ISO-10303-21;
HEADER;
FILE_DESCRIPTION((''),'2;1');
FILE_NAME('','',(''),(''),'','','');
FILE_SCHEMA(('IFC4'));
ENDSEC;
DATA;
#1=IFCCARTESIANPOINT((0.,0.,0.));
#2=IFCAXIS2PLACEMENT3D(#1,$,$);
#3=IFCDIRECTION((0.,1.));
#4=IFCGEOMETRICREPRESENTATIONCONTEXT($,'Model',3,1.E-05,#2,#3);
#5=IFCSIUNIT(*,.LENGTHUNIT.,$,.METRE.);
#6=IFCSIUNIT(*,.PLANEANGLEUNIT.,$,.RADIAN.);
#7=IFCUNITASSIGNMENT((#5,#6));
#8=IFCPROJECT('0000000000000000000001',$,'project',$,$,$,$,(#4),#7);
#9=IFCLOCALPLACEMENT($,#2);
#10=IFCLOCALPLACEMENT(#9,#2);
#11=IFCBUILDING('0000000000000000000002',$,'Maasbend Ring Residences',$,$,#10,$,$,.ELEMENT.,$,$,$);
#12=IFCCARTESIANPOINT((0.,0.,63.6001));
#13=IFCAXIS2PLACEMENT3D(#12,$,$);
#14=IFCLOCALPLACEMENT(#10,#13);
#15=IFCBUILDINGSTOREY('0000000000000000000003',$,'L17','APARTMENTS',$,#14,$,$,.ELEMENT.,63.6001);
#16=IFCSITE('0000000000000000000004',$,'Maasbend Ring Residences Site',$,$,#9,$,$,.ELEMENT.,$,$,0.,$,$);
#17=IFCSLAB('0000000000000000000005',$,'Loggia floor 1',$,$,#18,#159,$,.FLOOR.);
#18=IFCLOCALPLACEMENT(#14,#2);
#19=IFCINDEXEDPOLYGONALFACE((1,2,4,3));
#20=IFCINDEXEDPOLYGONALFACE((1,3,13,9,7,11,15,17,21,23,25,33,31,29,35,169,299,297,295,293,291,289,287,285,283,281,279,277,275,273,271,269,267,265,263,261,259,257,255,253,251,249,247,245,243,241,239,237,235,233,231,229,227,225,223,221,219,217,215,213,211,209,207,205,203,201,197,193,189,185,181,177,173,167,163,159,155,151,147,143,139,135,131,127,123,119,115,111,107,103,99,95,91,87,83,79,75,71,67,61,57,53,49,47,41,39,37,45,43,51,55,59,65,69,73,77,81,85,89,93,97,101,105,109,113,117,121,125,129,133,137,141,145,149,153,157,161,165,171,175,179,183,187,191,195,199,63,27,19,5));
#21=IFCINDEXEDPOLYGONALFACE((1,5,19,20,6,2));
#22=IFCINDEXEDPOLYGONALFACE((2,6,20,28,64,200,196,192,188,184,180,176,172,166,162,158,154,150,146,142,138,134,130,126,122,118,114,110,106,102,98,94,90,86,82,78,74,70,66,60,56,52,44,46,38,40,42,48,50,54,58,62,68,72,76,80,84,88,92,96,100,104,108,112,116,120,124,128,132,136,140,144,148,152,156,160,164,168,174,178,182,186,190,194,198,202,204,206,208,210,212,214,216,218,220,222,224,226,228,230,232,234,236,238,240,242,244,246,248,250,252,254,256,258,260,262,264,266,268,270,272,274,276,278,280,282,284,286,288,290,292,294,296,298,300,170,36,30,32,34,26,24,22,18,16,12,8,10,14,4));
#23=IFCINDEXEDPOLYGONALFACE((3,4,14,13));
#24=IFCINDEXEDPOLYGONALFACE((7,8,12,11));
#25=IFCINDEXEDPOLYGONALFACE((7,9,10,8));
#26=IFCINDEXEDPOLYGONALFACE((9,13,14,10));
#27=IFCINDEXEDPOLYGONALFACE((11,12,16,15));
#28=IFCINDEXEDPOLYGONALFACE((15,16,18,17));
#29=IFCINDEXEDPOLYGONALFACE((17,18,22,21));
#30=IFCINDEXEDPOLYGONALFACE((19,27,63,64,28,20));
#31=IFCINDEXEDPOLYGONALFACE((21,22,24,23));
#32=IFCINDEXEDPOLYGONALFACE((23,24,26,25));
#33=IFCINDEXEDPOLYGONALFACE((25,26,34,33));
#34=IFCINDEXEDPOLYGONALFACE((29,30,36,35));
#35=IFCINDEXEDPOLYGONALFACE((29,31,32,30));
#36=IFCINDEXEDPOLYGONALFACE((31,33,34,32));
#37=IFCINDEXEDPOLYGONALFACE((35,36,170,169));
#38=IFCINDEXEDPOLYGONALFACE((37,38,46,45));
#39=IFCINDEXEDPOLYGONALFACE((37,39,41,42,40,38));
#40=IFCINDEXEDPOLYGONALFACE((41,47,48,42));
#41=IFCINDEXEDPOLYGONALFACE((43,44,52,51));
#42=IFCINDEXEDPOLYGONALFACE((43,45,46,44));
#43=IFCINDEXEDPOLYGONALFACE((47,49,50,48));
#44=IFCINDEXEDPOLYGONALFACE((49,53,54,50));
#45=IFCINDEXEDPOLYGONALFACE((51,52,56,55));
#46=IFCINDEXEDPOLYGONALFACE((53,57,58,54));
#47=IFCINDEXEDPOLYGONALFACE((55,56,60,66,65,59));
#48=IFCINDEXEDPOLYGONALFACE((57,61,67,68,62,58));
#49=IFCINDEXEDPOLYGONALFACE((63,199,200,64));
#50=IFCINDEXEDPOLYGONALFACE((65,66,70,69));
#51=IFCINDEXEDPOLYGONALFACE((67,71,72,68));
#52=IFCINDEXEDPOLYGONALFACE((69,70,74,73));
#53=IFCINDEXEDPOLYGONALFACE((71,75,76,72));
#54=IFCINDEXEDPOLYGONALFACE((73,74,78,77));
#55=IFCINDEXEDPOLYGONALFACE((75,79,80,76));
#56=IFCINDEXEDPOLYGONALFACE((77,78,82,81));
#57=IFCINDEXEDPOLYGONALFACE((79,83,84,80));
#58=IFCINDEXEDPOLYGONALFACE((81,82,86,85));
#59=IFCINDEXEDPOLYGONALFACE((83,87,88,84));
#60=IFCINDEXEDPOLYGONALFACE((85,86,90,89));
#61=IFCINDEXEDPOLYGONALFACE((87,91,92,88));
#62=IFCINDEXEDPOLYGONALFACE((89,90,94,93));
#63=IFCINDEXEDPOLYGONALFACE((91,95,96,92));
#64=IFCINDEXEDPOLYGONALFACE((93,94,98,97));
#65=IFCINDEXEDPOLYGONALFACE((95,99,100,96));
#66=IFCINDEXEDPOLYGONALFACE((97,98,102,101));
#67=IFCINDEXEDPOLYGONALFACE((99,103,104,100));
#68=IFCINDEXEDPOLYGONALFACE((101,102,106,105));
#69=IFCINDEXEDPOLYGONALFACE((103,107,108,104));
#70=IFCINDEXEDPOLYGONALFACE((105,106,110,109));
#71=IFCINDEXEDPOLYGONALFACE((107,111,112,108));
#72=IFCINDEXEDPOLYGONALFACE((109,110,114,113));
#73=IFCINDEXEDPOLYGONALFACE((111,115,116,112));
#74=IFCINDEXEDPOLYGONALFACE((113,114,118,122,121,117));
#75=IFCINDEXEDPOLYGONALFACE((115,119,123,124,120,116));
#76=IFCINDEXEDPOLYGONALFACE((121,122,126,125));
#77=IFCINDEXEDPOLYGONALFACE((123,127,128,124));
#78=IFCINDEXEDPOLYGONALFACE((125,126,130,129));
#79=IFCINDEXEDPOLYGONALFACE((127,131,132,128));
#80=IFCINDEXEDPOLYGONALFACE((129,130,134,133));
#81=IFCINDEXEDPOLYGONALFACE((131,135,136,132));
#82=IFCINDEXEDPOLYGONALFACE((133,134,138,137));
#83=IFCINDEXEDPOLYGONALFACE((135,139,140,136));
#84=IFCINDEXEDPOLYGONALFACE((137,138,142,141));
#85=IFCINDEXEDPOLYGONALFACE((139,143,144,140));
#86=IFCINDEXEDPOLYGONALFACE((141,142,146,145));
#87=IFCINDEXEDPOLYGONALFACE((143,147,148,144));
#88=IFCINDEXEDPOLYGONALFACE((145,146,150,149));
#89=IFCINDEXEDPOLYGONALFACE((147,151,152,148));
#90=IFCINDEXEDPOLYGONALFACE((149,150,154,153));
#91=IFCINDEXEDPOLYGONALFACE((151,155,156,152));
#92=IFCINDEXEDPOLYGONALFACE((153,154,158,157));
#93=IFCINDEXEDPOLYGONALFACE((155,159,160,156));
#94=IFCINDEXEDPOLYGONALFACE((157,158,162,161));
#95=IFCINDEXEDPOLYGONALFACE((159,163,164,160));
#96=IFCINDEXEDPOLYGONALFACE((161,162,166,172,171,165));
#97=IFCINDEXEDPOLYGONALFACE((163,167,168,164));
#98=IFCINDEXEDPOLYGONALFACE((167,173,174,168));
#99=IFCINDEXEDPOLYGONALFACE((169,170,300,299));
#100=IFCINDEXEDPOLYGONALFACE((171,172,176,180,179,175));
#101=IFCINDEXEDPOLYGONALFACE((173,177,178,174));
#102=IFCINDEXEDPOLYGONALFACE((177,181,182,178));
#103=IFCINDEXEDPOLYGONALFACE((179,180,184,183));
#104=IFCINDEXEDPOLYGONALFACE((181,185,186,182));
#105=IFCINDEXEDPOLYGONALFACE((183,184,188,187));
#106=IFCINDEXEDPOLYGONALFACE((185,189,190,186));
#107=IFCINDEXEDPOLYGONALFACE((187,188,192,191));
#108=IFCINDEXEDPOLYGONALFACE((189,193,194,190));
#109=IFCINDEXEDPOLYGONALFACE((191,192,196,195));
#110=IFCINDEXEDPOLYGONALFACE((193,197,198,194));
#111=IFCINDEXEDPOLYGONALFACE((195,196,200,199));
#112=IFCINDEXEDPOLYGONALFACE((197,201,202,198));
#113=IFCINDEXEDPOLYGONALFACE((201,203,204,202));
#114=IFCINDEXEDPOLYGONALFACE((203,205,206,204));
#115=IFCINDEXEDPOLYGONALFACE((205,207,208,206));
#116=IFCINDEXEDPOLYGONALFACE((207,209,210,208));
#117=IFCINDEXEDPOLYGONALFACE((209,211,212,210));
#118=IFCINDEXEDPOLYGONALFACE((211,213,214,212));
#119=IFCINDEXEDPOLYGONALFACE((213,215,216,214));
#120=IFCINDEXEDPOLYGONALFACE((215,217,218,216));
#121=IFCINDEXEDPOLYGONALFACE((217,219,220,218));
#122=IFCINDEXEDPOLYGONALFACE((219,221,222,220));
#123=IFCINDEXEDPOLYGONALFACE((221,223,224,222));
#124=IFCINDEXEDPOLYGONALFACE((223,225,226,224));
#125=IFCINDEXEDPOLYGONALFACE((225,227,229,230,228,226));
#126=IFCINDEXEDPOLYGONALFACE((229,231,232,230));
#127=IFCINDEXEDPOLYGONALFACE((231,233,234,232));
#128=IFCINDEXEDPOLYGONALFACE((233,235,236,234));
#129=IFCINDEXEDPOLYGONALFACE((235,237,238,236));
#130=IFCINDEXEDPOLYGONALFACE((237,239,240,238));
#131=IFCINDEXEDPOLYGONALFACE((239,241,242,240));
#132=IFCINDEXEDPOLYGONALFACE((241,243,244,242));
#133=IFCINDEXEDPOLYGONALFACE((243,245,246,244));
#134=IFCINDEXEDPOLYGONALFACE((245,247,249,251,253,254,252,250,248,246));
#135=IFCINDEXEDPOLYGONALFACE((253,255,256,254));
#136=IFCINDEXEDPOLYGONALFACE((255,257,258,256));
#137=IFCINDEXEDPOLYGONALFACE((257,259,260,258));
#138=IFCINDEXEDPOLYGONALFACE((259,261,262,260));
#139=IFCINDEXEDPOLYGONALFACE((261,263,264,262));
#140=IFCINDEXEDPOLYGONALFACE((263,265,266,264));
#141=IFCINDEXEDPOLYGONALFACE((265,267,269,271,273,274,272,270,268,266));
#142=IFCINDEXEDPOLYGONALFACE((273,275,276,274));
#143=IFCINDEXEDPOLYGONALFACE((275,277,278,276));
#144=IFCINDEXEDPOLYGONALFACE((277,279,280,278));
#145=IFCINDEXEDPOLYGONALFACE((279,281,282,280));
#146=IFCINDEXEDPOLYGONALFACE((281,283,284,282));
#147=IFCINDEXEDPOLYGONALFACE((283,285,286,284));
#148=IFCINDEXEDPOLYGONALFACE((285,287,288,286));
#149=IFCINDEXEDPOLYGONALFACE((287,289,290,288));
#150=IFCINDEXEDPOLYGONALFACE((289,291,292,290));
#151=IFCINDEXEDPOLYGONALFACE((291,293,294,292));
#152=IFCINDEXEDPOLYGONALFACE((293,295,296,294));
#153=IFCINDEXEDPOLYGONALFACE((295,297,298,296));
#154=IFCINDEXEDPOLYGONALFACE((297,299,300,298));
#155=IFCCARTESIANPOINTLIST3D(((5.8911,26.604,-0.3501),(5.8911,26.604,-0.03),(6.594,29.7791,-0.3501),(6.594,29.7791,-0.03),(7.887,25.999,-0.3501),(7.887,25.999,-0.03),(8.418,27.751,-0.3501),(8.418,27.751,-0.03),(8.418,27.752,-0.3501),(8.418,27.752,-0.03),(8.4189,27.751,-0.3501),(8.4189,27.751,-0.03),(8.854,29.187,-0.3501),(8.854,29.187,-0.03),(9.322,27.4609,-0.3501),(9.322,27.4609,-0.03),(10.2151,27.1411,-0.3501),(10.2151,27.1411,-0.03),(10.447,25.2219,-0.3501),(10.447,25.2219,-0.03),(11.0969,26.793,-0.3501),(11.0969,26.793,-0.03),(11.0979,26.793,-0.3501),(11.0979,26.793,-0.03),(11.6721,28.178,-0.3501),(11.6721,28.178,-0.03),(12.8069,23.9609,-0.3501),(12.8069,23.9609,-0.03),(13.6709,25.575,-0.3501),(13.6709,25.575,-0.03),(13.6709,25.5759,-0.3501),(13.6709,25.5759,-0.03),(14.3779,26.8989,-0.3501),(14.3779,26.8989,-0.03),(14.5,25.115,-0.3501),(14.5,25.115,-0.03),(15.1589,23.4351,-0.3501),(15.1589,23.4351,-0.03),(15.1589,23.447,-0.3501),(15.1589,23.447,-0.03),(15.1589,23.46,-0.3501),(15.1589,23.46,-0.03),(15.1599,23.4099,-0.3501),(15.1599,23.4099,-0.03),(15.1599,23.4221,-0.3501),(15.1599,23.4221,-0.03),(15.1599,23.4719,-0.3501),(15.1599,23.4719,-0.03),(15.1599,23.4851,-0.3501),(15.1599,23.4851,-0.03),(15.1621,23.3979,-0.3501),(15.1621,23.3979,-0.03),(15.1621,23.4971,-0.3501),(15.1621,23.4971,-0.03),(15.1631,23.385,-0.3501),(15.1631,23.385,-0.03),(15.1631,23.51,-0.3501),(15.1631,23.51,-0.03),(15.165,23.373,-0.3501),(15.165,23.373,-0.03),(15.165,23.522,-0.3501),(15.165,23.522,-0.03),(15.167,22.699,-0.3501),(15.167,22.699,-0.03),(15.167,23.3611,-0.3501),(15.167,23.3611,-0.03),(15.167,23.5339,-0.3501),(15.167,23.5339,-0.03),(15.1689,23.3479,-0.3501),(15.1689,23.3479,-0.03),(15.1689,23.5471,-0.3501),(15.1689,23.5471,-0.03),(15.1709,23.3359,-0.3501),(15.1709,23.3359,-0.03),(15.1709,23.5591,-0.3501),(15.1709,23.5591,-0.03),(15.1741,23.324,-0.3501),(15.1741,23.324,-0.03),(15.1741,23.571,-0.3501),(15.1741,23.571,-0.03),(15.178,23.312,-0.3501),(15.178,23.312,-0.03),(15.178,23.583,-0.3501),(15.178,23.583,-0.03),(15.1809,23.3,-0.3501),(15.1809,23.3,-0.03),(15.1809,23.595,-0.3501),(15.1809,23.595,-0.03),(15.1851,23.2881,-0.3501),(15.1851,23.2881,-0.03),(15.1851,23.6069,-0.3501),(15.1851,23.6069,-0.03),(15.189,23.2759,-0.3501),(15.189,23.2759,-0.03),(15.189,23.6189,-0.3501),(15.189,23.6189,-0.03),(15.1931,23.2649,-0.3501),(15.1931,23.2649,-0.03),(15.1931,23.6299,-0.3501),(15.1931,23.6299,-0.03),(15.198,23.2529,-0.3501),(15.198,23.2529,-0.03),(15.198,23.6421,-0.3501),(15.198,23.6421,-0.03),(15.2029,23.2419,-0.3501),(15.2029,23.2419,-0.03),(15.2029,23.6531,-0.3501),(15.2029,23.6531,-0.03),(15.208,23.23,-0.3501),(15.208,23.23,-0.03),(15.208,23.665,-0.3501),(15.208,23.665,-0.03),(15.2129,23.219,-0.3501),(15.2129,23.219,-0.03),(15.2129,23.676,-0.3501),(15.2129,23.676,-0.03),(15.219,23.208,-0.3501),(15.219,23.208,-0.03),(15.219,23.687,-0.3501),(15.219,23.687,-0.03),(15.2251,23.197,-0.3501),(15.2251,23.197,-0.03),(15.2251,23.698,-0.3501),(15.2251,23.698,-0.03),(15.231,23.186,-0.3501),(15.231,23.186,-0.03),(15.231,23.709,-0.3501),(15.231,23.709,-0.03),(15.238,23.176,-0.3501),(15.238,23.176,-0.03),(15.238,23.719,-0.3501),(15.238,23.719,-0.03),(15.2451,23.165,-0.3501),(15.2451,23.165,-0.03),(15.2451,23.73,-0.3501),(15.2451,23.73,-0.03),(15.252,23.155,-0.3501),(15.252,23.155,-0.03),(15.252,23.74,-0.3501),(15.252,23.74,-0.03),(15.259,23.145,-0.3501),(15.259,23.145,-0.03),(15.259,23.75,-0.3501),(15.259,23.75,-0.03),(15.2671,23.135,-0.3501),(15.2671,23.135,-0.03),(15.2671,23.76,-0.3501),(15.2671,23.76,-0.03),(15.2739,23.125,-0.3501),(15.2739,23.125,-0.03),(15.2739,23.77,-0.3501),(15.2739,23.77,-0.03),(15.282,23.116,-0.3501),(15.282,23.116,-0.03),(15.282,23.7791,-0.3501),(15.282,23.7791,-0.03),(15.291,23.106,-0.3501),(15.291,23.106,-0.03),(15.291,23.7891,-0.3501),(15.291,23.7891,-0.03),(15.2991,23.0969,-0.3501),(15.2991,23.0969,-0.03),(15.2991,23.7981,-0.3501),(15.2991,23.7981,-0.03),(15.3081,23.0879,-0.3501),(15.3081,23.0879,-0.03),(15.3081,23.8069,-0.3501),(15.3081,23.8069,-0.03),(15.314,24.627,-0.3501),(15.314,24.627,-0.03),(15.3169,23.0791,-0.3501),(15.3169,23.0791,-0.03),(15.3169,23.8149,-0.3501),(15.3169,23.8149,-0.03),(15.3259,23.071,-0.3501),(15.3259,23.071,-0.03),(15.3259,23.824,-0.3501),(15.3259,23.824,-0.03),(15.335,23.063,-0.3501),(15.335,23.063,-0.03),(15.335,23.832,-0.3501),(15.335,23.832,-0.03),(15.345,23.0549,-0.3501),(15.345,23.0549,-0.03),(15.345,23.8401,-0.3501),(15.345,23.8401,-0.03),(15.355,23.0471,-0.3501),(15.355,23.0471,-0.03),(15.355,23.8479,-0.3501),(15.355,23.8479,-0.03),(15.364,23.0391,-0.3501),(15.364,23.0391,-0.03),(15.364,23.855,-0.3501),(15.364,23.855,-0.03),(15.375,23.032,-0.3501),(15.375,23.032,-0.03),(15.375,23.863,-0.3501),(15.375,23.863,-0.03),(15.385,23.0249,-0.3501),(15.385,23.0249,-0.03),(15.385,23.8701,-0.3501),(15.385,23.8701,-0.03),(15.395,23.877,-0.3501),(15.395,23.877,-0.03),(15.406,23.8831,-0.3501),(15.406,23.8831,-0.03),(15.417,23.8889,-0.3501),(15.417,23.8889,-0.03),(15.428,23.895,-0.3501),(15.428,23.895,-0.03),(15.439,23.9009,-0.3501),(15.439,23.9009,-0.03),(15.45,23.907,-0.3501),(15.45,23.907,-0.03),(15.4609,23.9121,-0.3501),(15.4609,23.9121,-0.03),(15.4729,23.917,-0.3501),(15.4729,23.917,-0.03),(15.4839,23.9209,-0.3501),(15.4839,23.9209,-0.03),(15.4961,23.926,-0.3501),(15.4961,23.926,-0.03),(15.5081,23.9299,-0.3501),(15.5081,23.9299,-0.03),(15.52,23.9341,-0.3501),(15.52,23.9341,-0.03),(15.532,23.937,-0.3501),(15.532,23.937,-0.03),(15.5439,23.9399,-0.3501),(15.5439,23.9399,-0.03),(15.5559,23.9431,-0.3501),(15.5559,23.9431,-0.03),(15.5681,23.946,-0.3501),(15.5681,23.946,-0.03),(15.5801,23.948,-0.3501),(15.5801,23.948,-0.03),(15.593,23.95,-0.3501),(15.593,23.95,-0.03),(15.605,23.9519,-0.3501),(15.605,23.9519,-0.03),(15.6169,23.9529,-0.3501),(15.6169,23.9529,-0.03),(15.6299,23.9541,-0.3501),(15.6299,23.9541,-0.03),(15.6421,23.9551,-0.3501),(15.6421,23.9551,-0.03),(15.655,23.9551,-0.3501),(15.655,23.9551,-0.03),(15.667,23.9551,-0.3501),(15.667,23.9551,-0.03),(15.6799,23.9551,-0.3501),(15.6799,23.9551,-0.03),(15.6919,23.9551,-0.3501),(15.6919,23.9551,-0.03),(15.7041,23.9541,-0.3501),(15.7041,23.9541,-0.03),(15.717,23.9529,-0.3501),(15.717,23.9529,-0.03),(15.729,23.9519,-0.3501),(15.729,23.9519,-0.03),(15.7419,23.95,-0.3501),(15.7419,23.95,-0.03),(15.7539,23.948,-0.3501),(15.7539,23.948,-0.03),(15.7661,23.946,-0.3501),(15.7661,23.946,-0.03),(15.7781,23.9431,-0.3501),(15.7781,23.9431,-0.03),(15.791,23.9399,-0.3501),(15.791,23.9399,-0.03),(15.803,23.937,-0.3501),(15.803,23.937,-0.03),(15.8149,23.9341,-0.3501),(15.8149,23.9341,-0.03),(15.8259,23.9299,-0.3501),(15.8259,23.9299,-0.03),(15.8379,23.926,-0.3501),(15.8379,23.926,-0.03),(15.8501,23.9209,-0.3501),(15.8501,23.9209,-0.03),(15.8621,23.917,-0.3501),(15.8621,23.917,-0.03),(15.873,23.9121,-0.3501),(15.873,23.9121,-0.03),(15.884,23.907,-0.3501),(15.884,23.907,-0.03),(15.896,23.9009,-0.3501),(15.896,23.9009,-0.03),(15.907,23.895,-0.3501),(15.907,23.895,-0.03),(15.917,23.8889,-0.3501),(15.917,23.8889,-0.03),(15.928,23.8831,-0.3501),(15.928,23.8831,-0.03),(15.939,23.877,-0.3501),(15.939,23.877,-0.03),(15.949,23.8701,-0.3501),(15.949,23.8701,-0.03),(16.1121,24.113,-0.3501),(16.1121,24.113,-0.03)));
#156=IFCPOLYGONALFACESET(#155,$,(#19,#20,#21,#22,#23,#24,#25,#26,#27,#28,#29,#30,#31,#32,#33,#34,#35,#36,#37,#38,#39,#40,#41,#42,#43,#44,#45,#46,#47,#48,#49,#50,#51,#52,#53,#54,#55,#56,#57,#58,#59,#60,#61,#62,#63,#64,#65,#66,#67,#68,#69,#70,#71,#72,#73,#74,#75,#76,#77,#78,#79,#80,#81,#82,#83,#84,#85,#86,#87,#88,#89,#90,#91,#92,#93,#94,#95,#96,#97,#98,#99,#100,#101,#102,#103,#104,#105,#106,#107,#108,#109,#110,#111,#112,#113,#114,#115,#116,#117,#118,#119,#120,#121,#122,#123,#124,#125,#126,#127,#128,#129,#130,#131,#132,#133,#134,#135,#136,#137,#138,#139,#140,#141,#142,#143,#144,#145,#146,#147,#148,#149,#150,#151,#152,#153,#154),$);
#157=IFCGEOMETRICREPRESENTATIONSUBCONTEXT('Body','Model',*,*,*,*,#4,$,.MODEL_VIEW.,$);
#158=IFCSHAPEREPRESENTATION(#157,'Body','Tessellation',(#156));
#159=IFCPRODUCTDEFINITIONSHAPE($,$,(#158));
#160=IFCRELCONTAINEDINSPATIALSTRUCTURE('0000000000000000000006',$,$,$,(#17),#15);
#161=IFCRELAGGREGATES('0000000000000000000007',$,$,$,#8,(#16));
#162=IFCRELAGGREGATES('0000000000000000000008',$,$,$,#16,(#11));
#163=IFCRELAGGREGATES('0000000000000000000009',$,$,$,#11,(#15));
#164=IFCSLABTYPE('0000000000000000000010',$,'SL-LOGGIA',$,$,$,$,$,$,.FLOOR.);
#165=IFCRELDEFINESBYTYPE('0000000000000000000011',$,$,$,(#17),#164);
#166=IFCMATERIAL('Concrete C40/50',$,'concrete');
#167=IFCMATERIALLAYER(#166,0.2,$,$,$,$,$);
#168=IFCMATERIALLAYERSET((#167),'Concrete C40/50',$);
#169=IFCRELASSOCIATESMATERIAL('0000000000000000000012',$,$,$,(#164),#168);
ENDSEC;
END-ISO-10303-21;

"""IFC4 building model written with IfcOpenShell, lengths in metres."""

from ifc_helpers import new_model, si_unit, direction, frame, origin, place, context, subcontext, project, spatial, polyline, outline, extrude, material, layer, layer_set, type_object, element, save


model = new_model("IFC4")

# Units and contexts
model_context = context("Model", 3, precision=1e-05, world=origin(), true_north=direction((0.0, 1.0)))
body_context = subcontext(model_context, "Body", "Model", "MODEL_VIEW")
ifc_project = project(units=[si_unit("LENGTHUNIT", "METRE"), si_unit("PLANEANGLEUNIT", "RADIAN")], contexts=[model_context])

# Site, building, storey
site_placement = place(None, origin())
site = spatial("IfcSite", under=ifc_project, at=site_placement, Name="Maasbend Ring Residences Site", CompositionType="ELEMENT", RefElevation=0.0)
building_placement = place(site_placement, origin())
building = spatial("IfcBuilding", under=site, at=building_placement, Name="Maasbend Ring Residences", CompositionType="ELEMENT")
storey_placement = place(building_placement, frame((0.0, 0.0, 63.6001)))
storey = spatial("IfcBuildingStorey", under=building, at=storey_placement, Name="L17", Description="APARTMENTS", CompositionType="ELEMENT", Elevation=63.6001)

# Slab
ifc_material_1 = material(Name="Concrete C40/50", Category="concrete")
ifc_layer_1 = layer(ifc_material_1, 0.2)
ifc_layer_set_1 = layer_set([ifc_layer_1], Name="Concrete C40/50")
slab_type_1 = type_object("IfcSlabType", Name="SL-LOGGIA", PredefinedType="FLOOR", material=ifc_layer_set_1)
slab_1_placement = place(storey_placement, frame((0.0, 0.0, -0.3501)))
element("IfcSlab", 1, at=slab_1_placement, inside=storey, type_object=slab_type_1, Name="Loggia floor 1", PredefinedType="FLOOR", context=body_context, shape_type="SweptSolid", body=[
    extrude(outline(polyline([(8.854, 29.187), (8.854, 29.187), (8.854, 29.187), (8.418, 27.752), (8.418, 27.752), (8.418, 27.752), (8.418, 27.752), (8.418, 27.752), (8.418, 27.752), (8.418, 27.751), (8.418, 27.751), (8.418, 27.751), (8.418, 27.751), (8.418, 27.751), (8.4189, 27.751), (8.4189, 27.751), (8.4189, 27.751), (8.4189, 27.751), (8.4189, 27.751), (8.4189, 27.751), (9.322, 27.4609), (9.322, 27.4609), (10.2151, 27.1411), (10.2151, 27.1411), (11.0969, 26.793), (11.0969, 26.793), (11.0969, 26.793), (11.0979, 26.793), (11.0979, 26.793), (11.0979, 26.793), (11.0979, 26.793), (11.0979, 26.793), (11.0979, 26.793), (11.0979, 26.793), (11.0979, 26.793), (11.0979, 26.793), (11.0979, 26.793), (11.0979, 26.793), (11.0979, 26.793), (11.0979, 26.793), (11.0979, 26.793), (11.6721, 28.178), (11.6721, 28.178), (11.6721, 28.178), (14.3779, 26.8989), (14.3779, 26.8989), (14.3779, 26.8989), (13.6709, 25.5759), (13.6709, 25.5759), (13.6709, 25.5759), (13.6709, 25.5759), (13.6709, 25.5759), (13.6709, 25.5759), (13.6709, 25.5759), (13.6709, 25.5759), (13.6709, 25.5759), (13.6709, 25.5759), (13.6709, 25.5759), (13.6709, 25.5759), (13.6709, 25.5759), (13.6709, 25.5759), (13.6709, 25.5759), (13.6709, 25.5759), (13.6709, 25.575), (14.5, 25.115), (14.5, 25.115), (15.314, 24.627), (15.314, 24.627), (16.1121, 24.113), (16.1121, 24.113), (16.1121, 24.113), (15.949, 23.8701), (15.939, 23.877), (15.928, 23.8831), (15.917, 23.8889), (15.907, 23.895), (15.896, 23.9009), (15.884, 23.907), (15.873, 23.9121), (15.8621, 23.917), (15.8501, 23.9209), (15.8379, 23.926), (15.8259, 23.9299), (15.8149, 23.9341), (15.803, 23.937), (15.791, 23.9399), (15.7781, 23.9431), (15.7661, 23.946), (15.7539, 23.948), (15.7419, 23.95), (15.729, 23.9519), (15.717, 23.9529), (15.7041, 23.9541), (15.6919, 23.9551), (15.6799, 23.9551), (15.667, 23.9551), (15.655, 23.9551), (15.6421, 23.9551), (15.6299, 23.9541), (15.6169, 23.9529), (15.605, 23.9519), (15.593, 23.95), (15.5801, 23.948), (15.5681, 23.946), (15.5559, 23.9431), (15.5439, 23.9399), (15.532, 23.937), (15.52, 23.9341), (15.5081, 23.9299), (15.4961, 23.926), (15.4839, 23.9209), (15.4729, 23.917), (15.4609, 23.9121), (15.45, 23.907), (15.439, 23.9009), (15.428, 23.895), (15.417, 23.8889), (15.406, 23.8831), (15.395, 23.877), (15.385, 23.8701), (15.375, 23.863), (15.364, 23.855), (15.355, 23.8479), (15.345, 23.8401), (15.335, 23.832), (15.3259, 23.824), (15.3169, 23.8149), (15.3081, 23.8069), (15.2991, 23.7981), (15.291, 23.7891), (15.282, 23.7791), (15.2739, 23.77), (15.2671, 23.76), (15.259, 23.75), (15.252, 23.74), (15.2451, 23.73), (15.238, 23.719), (15.231, 23.709), (15.2251, 23.698), (15.219, 23.687), (15.2129, 23.676), (15.208, 23.665), (15.2029, 23.6531), (15.198, 23.6421), (15.1931, 23.6299), (15.189, 23.6189), (15.1851, 23.6069), (15.1809, 23.595), (15.178, 23.583), (15.1741, 23.571), (15.1709, 23.5591), (15.1689, 23.5471), (15.167, 23.5339), (15.165, 23.522), (15.1631, 23.51), (15.1621, 23.4971), (15.1599, 23.4851), (15.1599, 23.4719), (15.1589, 23.46), (15.1589, 23.447), (15.1589, 23.4351), (15.1599, 23.4221), (15.1599, 23.4099), (15.1621, 23.3979), (15.1631, 23.385), (15.165, 23.373), (15.167, 23.3611), (15.1689, 23.3479), (15.1709, 23.3359), (15.1741, 23.324), (15.178, 23.312), (15.1809, 23.3), (15.1851, 23.2881), (15.189, 23.2759), (15.1931, 23.2649), (15.198, 23.2529), (15.2029, 23.2419), (15.208, 23.23), (15.2129, 23.219), (15.219, 23.208), (15.2251, 23.197), (15.231, 23.186), (15.238, 23.176), (15.2451, 23.165), (15.252, 23.155), (15.259, 23.145), (15.2671, 23.135), (15.2739, 23.125), (15.282, 23.116), (15.291, 23.106), (15.2991, 23.0969), (15.3081, 23.0879), (15.3169, 23.0791), (15.3259, 23.071), (15.335, 23.063), (15.345, 23.0549), (15.355, 23.0471), (15.364, 23.0391), (15.375, 23.032), (15.385, 23.0249), (15.167, 22.699), (15.167, 22.699), (15.167, 22.699), (12.8069, 23.9609), (10.447, 25.2219), (10.447, 25.2219), (10.447, 25.2219), (7.887, 25.999), (5.8911, 26.604), (5.8911, 26.604), (5.8911, 26.604), (6.594, 29.7791), (6.594, 29.7791), (6.594, 29.7791), (8.854, 29.187)])), origin(), (0.0, 0.0, 1.0), 0.3201),
])

save(model, "model.ifc")
